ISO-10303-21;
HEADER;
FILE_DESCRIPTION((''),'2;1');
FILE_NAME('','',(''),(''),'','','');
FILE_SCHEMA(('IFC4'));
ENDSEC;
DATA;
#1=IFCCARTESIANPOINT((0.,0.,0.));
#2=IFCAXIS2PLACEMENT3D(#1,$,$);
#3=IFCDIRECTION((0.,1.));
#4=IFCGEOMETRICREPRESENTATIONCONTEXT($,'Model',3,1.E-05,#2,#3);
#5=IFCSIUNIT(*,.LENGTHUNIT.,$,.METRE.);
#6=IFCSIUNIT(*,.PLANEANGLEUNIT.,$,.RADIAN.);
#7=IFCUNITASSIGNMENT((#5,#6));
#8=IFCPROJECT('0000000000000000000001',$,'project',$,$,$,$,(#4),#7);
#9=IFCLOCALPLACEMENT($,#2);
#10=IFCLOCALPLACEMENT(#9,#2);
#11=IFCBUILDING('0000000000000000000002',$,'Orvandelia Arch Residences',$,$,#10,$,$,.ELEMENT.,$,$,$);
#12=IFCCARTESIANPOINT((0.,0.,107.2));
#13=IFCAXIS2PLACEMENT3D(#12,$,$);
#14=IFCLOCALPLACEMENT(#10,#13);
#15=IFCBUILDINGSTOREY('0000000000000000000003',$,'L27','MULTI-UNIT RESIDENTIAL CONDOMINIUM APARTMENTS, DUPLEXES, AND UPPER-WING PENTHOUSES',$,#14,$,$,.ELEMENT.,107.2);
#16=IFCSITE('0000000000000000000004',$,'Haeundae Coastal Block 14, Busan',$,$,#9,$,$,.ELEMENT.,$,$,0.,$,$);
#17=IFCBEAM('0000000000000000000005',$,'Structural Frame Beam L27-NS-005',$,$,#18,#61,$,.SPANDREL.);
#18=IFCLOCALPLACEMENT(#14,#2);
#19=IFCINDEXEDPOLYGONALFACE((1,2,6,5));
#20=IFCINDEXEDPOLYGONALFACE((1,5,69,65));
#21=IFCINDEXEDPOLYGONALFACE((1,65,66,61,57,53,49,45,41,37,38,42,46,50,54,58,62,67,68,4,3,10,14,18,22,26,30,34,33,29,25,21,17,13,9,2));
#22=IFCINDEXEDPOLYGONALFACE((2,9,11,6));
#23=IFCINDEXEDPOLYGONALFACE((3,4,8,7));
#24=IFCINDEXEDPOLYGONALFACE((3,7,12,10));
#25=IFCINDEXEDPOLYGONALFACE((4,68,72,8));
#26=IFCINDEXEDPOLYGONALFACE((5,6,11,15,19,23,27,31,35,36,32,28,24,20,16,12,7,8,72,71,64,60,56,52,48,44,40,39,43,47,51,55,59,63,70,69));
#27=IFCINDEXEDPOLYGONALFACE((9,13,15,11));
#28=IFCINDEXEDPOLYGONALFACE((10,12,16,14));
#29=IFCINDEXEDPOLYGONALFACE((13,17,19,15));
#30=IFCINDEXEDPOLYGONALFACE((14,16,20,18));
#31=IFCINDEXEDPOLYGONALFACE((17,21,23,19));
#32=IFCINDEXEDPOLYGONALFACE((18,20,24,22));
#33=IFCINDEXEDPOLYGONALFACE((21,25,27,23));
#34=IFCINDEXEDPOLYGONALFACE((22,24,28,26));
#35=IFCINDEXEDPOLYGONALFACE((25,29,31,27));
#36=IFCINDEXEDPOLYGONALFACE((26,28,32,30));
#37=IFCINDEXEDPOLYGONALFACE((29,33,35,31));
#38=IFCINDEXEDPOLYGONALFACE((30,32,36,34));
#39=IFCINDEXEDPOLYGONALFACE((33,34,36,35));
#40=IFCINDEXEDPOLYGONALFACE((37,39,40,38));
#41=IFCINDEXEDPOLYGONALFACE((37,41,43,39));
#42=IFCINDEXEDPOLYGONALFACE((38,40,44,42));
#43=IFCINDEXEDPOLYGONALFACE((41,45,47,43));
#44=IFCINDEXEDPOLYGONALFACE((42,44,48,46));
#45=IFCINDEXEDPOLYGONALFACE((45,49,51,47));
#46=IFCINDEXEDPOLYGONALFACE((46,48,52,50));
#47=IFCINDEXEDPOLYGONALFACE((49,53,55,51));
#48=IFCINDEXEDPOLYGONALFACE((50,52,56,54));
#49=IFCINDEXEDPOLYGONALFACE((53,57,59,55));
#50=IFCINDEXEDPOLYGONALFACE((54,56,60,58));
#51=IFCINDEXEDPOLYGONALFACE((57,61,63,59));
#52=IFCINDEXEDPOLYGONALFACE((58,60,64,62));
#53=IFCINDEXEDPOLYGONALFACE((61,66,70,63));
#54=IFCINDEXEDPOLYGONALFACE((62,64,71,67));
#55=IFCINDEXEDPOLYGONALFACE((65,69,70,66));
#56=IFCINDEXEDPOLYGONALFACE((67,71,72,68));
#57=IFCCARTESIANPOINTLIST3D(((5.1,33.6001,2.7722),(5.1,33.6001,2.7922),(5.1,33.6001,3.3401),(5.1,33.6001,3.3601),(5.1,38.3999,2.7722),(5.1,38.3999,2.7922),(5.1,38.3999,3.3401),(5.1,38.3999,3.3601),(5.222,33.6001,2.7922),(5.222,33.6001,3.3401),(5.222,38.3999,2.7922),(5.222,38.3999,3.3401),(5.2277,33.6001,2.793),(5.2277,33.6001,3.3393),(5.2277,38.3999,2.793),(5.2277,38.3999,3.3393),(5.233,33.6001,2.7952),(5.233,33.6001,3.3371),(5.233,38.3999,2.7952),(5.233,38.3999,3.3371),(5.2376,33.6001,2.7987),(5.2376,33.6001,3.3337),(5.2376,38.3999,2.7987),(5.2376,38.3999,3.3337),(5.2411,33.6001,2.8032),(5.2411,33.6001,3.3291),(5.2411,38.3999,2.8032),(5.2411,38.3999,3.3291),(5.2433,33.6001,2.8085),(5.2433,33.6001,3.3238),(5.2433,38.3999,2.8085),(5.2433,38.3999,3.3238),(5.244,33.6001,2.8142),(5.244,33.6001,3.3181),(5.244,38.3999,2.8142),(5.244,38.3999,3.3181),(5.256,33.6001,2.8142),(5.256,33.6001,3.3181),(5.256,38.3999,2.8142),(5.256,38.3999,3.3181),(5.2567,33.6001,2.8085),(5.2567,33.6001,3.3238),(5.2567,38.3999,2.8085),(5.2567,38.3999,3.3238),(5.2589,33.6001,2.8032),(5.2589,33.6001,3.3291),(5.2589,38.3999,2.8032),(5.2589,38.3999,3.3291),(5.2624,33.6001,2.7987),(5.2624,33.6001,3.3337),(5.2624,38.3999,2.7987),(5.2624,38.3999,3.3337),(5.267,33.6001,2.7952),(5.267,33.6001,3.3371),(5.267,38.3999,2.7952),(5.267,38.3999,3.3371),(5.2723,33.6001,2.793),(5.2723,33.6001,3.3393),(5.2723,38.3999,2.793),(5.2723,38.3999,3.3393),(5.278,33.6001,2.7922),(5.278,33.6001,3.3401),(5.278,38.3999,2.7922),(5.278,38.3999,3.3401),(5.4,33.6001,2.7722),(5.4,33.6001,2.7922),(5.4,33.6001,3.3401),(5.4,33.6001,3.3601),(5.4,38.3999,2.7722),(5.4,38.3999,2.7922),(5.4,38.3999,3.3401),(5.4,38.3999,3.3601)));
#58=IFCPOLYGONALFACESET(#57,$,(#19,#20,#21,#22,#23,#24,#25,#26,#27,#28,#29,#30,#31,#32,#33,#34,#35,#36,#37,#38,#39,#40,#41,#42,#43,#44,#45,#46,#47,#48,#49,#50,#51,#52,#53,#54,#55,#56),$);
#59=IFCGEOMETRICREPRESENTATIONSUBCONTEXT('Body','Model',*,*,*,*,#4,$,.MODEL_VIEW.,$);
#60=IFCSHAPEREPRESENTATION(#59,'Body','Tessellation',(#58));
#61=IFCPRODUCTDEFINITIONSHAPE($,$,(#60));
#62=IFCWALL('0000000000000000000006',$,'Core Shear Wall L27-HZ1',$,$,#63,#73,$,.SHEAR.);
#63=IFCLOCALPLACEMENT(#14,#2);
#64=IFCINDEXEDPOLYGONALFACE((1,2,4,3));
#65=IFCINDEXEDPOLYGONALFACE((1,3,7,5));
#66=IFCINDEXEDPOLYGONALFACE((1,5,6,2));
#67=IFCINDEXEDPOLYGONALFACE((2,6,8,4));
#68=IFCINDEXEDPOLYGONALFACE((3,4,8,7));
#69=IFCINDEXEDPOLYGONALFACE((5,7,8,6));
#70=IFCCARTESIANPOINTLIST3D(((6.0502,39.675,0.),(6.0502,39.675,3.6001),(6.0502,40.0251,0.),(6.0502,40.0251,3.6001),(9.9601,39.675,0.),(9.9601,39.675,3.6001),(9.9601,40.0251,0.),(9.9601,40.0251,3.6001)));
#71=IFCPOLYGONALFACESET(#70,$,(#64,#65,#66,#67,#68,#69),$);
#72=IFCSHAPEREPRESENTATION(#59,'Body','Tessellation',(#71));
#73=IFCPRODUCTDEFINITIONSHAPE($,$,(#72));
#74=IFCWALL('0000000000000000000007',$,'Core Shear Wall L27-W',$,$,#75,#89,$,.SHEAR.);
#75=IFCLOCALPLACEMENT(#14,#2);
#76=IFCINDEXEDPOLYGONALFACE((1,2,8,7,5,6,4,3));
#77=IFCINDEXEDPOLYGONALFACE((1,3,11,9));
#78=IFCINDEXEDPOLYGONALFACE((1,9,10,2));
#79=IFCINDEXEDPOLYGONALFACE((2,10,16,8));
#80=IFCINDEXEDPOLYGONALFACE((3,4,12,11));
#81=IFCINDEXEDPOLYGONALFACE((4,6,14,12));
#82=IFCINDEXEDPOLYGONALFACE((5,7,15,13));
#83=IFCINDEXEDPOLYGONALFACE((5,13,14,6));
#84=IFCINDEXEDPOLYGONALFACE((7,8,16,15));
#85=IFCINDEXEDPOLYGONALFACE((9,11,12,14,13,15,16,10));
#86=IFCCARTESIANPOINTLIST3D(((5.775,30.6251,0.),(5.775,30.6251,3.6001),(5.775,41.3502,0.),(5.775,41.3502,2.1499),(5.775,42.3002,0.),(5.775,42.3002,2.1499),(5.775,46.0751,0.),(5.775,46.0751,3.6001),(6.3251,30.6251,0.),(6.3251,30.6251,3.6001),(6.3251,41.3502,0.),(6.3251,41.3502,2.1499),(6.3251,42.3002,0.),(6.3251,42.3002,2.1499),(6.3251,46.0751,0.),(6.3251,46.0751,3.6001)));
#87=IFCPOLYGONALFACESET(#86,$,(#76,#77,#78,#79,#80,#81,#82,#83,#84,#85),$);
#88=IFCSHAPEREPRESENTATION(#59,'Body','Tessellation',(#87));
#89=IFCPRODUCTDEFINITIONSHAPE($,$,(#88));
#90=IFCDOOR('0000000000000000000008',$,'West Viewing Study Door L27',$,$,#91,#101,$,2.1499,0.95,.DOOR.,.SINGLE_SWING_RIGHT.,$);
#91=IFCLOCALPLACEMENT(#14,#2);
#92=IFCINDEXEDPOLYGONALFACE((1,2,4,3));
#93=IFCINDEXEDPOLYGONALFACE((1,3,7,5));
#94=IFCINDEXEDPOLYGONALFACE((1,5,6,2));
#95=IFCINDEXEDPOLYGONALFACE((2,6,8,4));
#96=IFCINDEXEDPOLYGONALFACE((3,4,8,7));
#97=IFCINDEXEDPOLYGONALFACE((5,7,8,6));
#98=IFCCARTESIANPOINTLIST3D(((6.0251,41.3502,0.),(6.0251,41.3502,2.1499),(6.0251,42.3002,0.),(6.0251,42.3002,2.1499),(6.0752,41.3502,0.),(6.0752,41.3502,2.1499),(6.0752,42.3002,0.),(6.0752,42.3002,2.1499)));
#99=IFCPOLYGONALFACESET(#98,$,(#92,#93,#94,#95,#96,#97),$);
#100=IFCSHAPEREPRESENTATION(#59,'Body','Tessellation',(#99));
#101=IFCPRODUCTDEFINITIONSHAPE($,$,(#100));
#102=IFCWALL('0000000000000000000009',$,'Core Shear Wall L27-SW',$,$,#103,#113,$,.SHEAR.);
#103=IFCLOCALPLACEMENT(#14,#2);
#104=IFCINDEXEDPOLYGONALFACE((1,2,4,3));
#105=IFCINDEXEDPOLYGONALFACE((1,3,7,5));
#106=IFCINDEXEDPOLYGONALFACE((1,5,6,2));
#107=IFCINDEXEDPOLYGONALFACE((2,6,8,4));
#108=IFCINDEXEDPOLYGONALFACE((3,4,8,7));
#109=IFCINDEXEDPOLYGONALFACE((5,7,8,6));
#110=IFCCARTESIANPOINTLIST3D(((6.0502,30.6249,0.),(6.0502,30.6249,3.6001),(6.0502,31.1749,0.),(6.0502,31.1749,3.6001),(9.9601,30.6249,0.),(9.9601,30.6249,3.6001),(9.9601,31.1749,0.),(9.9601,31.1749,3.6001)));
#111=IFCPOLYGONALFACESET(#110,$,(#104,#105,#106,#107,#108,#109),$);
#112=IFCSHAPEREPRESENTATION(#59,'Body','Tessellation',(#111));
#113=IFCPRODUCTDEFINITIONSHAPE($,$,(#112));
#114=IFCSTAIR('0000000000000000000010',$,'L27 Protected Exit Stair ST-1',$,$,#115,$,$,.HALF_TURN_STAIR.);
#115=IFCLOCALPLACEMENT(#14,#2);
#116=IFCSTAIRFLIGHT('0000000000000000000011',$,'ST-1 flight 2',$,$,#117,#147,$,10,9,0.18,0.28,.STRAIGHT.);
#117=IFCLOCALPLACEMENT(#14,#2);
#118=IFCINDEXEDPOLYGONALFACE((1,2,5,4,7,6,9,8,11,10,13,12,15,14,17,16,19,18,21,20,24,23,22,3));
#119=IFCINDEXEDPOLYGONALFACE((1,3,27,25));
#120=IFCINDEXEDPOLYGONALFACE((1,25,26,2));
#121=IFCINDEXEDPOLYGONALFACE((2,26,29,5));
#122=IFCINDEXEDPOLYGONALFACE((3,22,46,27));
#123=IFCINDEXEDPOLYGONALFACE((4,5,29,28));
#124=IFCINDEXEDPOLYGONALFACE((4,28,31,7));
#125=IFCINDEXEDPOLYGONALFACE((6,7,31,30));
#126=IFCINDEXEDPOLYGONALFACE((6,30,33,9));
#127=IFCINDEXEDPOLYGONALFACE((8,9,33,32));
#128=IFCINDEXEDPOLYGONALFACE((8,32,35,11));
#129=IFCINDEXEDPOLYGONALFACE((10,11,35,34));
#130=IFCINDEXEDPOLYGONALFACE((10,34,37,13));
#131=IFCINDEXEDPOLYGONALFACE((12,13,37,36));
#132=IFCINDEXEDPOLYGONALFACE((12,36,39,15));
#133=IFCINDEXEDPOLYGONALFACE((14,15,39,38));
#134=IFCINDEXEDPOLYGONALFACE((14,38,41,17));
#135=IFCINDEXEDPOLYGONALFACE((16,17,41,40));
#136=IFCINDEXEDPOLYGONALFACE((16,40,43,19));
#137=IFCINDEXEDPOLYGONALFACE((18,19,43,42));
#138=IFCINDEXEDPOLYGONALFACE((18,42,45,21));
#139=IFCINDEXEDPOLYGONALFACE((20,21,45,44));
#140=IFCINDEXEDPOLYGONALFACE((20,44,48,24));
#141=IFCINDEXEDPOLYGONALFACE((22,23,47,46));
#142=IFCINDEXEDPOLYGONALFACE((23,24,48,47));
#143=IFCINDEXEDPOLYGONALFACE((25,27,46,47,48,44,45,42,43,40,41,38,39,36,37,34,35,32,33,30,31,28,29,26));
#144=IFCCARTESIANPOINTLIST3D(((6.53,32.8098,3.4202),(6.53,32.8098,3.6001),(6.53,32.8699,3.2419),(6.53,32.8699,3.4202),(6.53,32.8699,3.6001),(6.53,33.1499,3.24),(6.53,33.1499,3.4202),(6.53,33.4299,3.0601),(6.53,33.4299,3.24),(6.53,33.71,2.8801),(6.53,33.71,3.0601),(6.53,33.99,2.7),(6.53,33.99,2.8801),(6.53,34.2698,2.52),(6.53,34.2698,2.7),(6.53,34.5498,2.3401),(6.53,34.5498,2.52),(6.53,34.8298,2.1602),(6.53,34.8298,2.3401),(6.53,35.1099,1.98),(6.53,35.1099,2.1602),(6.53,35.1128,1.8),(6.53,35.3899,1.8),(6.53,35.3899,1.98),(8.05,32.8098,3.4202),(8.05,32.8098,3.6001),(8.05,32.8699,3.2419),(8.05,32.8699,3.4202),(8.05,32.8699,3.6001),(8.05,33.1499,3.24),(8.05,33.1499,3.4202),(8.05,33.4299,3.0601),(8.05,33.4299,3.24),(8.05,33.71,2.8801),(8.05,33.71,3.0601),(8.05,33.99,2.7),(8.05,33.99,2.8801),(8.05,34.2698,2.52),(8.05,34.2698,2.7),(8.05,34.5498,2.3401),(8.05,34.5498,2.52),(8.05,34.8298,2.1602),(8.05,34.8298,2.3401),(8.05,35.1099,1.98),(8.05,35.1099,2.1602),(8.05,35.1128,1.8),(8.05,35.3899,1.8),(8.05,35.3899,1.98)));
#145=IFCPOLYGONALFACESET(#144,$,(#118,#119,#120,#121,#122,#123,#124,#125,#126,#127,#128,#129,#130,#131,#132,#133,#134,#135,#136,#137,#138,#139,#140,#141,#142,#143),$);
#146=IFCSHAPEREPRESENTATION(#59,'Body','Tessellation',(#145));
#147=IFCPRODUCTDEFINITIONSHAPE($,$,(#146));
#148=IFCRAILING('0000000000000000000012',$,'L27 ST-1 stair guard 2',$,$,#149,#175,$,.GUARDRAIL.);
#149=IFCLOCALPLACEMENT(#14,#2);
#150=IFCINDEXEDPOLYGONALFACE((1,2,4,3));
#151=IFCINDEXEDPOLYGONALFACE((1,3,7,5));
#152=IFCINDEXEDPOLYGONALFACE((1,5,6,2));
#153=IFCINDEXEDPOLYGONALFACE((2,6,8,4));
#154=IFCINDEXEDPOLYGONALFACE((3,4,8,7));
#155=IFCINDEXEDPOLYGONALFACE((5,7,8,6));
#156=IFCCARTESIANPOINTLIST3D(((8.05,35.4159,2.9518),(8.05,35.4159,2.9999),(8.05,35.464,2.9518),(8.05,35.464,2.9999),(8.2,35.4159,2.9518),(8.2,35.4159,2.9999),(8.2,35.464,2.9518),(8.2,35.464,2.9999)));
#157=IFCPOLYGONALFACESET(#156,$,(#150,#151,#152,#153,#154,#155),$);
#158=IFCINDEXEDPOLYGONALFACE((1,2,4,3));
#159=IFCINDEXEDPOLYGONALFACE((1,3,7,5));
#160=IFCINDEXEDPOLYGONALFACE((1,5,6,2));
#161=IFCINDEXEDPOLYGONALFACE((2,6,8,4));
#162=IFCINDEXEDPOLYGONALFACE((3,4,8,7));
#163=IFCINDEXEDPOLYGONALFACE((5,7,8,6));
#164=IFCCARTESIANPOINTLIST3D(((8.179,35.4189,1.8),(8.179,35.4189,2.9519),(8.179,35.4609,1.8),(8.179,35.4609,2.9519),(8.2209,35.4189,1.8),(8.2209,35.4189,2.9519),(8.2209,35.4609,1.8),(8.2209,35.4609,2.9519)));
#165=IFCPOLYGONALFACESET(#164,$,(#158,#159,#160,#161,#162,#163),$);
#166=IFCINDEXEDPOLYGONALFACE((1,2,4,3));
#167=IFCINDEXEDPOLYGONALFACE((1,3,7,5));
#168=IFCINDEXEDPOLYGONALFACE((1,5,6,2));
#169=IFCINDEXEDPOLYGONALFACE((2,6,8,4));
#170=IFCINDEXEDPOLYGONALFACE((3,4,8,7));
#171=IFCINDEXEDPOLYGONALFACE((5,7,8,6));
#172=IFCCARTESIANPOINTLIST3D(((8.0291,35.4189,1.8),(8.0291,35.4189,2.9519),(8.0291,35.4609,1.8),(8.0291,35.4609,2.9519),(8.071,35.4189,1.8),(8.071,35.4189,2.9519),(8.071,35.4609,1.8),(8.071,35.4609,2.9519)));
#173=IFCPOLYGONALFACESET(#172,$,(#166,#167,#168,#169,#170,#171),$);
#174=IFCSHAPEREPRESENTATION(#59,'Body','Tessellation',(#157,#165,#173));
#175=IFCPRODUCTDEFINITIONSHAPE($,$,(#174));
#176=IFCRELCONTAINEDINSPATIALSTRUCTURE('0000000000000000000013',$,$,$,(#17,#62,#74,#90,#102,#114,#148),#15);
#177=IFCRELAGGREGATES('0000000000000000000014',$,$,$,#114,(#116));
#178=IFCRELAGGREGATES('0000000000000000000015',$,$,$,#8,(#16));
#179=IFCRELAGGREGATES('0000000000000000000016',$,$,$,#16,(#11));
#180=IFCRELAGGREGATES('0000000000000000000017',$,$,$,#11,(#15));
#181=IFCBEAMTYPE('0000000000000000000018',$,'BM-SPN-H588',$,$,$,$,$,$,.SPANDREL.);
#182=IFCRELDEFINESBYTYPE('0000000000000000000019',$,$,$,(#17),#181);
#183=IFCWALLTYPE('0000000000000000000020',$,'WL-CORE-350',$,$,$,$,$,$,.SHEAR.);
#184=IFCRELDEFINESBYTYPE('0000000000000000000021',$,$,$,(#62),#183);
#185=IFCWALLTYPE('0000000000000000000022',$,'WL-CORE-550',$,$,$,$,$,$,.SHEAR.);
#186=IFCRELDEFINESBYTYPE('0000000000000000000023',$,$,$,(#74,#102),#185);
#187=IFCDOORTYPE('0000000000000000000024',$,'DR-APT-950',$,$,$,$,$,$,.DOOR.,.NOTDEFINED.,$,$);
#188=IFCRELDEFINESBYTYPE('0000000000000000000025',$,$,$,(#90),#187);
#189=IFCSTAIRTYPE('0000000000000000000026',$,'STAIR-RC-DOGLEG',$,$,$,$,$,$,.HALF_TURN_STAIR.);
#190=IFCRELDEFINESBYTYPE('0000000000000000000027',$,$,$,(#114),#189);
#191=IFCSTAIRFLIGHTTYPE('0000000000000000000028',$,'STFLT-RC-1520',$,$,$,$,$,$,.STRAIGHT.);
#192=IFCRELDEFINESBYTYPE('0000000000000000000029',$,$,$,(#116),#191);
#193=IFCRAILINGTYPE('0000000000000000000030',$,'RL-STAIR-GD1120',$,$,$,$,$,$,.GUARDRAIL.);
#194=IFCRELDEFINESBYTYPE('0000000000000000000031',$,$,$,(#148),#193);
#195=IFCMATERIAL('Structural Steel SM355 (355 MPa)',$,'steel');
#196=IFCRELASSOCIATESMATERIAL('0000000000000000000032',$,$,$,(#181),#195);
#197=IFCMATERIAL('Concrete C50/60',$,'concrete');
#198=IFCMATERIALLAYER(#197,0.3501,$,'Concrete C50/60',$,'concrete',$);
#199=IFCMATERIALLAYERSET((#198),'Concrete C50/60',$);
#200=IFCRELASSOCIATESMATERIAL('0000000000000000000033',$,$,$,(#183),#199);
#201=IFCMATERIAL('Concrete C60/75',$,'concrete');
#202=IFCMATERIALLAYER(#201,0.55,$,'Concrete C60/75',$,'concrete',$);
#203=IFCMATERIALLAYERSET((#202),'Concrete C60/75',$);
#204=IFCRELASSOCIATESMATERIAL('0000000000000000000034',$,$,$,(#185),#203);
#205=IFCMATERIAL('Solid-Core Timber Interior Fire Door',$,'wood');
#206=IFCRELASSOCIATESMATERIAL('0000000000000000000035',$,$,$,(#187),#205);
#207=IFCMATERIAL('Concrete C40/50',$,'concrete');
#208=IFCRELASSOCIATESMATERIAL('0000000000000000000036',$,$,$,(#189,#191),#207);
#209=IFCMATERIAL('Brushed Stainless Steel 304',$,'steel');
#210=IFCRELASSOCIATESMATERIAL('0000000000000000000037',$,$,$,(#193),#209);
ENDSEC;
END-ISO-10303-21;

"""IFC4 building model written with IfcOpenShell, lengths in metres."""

from ifc_helpers import new_model, si_unit, direction, frame, frame_2d, origin, origin_2d, place, context, subcontext, project, spatial, polyline, rectangle, i_section, outline, extrude, material, layer, layer_set, material_profile, profile_set, type_object, element, fill, aggregate, save


model = new_model("IFC4")

# Units and contexts
model_context = context("Model", 3, precision=1e-05, world=origin(), true_north=direction((0.0, 1.0)))
body_context = subcontext(model_context, "Body", "Model", "MODEL_VIEW")
ifc_project = project(units=[si_unit("LENGTHUNIT", "METRE"), si_unit("PLANEANGLEUNIT", "RADIAN")], contexts=[model_context])

# Site, building, storey
site_placement = place(None, origin())
site = spatial("IfcSite", under=ifc_project, at=site_placement, Name="Haeundae Coastal Block 14, Busan", CompositionType="ELEMENT", RefElevation=0.0)
building_placement = place(site_placement, origin())
building = spatial("IfcBuilding", under=site, at=building_placement, Name="Orvandelia Arch Residences", CompositionType="ELEMENT")
storey_placement = place(building_placement, frame((0.0, 0.0, 107.2)))
storey = spatial("IfcBuildingStorey", under=building, at=storey_placement, Name="L27", Description="MULTI-UNIT RESIDENTIAL CONDOMINIUM APARTMENTS, DUPLEXES, AND UPPER-WING PENTHOUSES", CompositionType="ELEMENT", Elevation=107.2)

# Shared definitions
ifc_material_1 = material(Name="Concrete C60/75", Category="concrete")

# Beam
ifc_material_2 = material(Name="Structural Steel SM355 (355 MPa)", Category="steel")
ifc_material_profile_1 = material_profile(ifc_material_2, i_section(OverallWidth=0.3, OverallDepth=0.5879, WebThickness=0.012, FlangeThickness=0.02, FilletRadius=0.022, at=origin_2d()), Name="Structural Steel SM355 (355 MPa)", Category="steel")
ifc_profile_set_1 = profile_set([ifc_material_profile_1], Name="Structural Steel SM355 (355 MPa)")
beam_type_1 = type_object("IfcBeamType", Name="BM-SPN-H588", PredefinedType="SPANDREL", material=ifc_profile_set_1)
beam_1_placement = place(storey_placement, frame((5.25, 33.6001, 3.0662), z_axis=(0.0, 1.0, 0.0), x_axis=(-1.0, 0.0, 0.0)))
element("IfcBeam", 1, at=beam_1_placement, inside=storey, type_object=beam_type_1, Name="Structural Frame Beam L27-NS-005", PredefinedType="SPANDREL", context=body_context, shape_type="SweptSolid", body=[
    extrude(i_section(OverallWidth=0.3, OverallDepth=0.5879, WebThickness=0.012, FlangeThickness=0.02, FilletRadius=0.022, at=origin_2d()), origin(), (0.0, 0.0, 1.0), 4.7998),
])

# Wall
ifc_material_3 = material(Name="Concrete C50/60", Category="concrete")
ifc_layer_1 = layer(ifc_material_3, 0.3501, Name="Concrete C50/60", Category="concrete")
ifc_layer_set_1 = layer_set([ifc_layer_1], Name="Concrete C50/60")
wall_type_1 = type_object("IfcWallType", Name="WL-CORE-350", PredefinedType="SHEAR", material=ifc_layer_set_1)
wall_1_placement = place(storey_placement, frame((6.05, 39.8501, 0.0), z_axis=(0.0, 0.0, 1.0), x_axis=(1.0, 0.0, 0.0)))
element("IfcWall", 2, at=wall_1_placement, inside=storey, type_object=wall_type_1, Name="Core Shear Wall L27-HZ1", PredefinedType="SHEAR", context=body_context, shape_type="SweptSolid", body=[
    extrude(rectangle(XDim=3.9099, YDim=0.3501, at=frame_2d((1.9551, 0.0))), origin(), (0.0, 0.0, 1.0), 3.6001),
])

# Wall, opening, door
ifc_layer_2 = layer(ifc_material_1, 0.55, Name="Concrete C60/75", Category="concrete")
ifc_layer_set_2 = layer_set([ifc_layer_2], Name="Concrete C60/75")
wall_type_2 = type_object("IfcWallType", Name="WL-CORE-550", PredefinedType="SHEAR", material=ifc_layer_set_2)
wall_2_placement = place(storey_placement, frame((6.05, 30.625, 0.0), z_axis=(0.0, 0.0, 1.0), x_axis=(0.0, 1.0, 0.0)))
wall_2 = element("IfcWall", 3, at=wall_2_placement, inside=storey, type_object=wall_type_2, Name="Core Shear Wall L27-W", PredefinedType="SHEAR", context=body_context, shape_type="SweptSolid", body=[
    extrude(rectangle(XDim=15.45, YDim=0.55, at=frame_2d((7.7251, 0.0))), origin(), (0.0, 0.0, 1.0), 3.6001),
])
opening_placement = place(wall_2_placement, frame((10.7251, 0.0, 0.0)))
opening = element("IfcOpeningElement", 4, at=opening_placement, cuts=wall_2, PredefinedType="OPENING", context=body_context, shape_type="SweptSolid", body=[
    extrude(rectangle(XDim=0.95, YDim=2.1499, at=frame_2d((0.4751, 1.075))), frame((0.0, 0.2852, 0.0), z_axis=(0.0, -1.0, 0.0), x_axis=(1.0, 0.0, 0.0)), (0.0, 0.0, 1.0), 0.5701),
])
ifc_material_4 = material(Name="Solid-Core Timber Interior Fire Door", Category="wood")
door_type = type_object("IfcDoorType", Name="DR-APT-950", OperationType="NOTDEFINED", PredefinedType="DOOR", material=ifc_material_4)
door_placement = place(opening_placement, origin())
door = element("IfcDoor", 5, at=door_placement, inside=storey, type_object=door_type, Name="West Viewing Study Door L27", OperationType="SINGLE_SWING_RIGHT", OverallHeight=2.1499, OverallWidth=0.95, PredefinedType="DOOR", context=body_context, shape_type="SweptSolid", body=[
    extrude(rectangle(XDim=0.95, YDim=2.1499, at=frame_2d((0.4751, 1.075))), frame((0.0, 0.0249, 0.0), z_axis=(0.0, -1.0, 0.0), x_axis=(1.0, 0.0, 0.0)), (0.0, 0.0, 1.0), 0.05),
])
fill(opening, door)

# Wall
wall_3_placement = place(storey_placement, frame((6.05, 30.8999, 0.0), z_axis=(0.0, 0.0, 1.0), x_axis=(1.0, 0.0, 0.0)))
element("IfcWall", 6, at=wall_3_placement, inside=storey, type_object=wall_type_2, Name="Core Shear Wall L27-SW", PredefinedType="SHEAR", context=body_context, shape_type="SweptSolid", body=[
    extrude(rectangle(XDim=3.9099, YDim=0.55, at=frame_2d((1.9551, 0.0))), origin(), (0.0, 0.0, 1.0), 3.6001),
])

# Stair, stair flight
ifc_material_5 = material(Name="Concrete C40/50", Category="concrete")
stair_type = type_object("IfcStairType", Name="STAIR-RC-DOGLEG", PredefinedType="HALF_TURN_STAIR", material=ifc_material_5)
stair_placement = place(storey_placement, origin())
stair = element("IfcStair", 7, at=stair_placement, inside=storey, type_object=stair_type, Name="L27 Protected Exit Stair ST-1", PredefinedType="HALF_TURN_STAIR")
stair_flight_type = type_object("IfcStairFlightType", Name="STFLT-RC-1520", PredefinedType="STRAIGHT", material=ifc_material_5)
stair_flight_placement = place(storey_placement, frame((7.29, 35.3899, 1.8), z_axis=(0.0, 0.0, 1.0), x_axis=(0.0, -1.0, 0.0)))
stair_flight = element("IfcStairFlight", 8, at=stair_flight_placement, type_object=stair_flight_type, Name="ST-1 flight 2", NumberOfRisers=10, NumberOfTreads=9, PredefinedType="STRAIGHT", RiserHeight=0.18, TreadLength=0.28, context=body_context, shape_type="SweptSolid", body=[
    extrude(outline(polyline([(0.0, 0.0), (0.0, 0.1799), (0.28, 0.1799), (0.28, 0.3601), (0.5601, 0.3601), (0.5601, 0.54), (0.8401, 0.54), (0.8401, 0.72), (1.1201, 0.72), (1.1201, 0.8999), (1.3999, 0.8999), (1.3999, 1.0801), (1.6799, 1.0801), (1.6799, 1.26), (1.96, 1.26), (1.96, 1.4399), (2.24, 1.4399), (2.24, 1.6201), (2.52, 1.6201), (2.52, 1.8), (2.5801, 1.8), (2.5801, 1.6201), (2.52, 1.4419), (0.2771, 0.0), (0.0, 0.0)])), frame((0.0, 0.76, 0.0), z_axis=(0.0, -1.0, 0.0), x_axis=(1.0, 0.0, 0.0)), (0.0, 0.0, 1.0), 1.52),
])
aggregate(stair, [stair_flight])

# Railing
ifc_material_6 = material(Name="Brushed Stainless Steel 304", Category="steel")
railing_type_1 = type_object("IfcRailingType", Name="RL-STAIR-GD1120", PredefinedType="GUARDRAIL", material=ifc_material_6)
railing_1_placement = place(storey_placement, frame((8.2, 35.4399, 1.8)))
element("IfcRailing", 9, at=railing_1_placement, inside=storey, type_object=railing_type_1, Name="L27 ST-1 stair guard 2", PredefinedType="GUARDRAIL", context=body_context, shape_type="SweptSolid", body=[
    extrude(rectangle(XDim=0.0481, YDim=0.0481, at=origin_2d()), frame((0.0, 0.0, 1.1758), z_axis=(-1.0, 0.0, 0.0), x_axis=(0.0, -1.0, 0.0)), (0.0, 0.0, 1.0), 0.1499),
    extrude(rectangle(XDim=0.042, YDim=0.042, at=origin_2d()), origin(), (0.0, 0.0, 1.0), 1.1519),
    extrude(rectangle(XDim=0.042, YDim=0.042, at=origin_2d()), frame((-0.1499, 0.0, 0.0)), (0.0, 0.0, 1.0), 1.1519),
])

save(model, "model.ifc")
